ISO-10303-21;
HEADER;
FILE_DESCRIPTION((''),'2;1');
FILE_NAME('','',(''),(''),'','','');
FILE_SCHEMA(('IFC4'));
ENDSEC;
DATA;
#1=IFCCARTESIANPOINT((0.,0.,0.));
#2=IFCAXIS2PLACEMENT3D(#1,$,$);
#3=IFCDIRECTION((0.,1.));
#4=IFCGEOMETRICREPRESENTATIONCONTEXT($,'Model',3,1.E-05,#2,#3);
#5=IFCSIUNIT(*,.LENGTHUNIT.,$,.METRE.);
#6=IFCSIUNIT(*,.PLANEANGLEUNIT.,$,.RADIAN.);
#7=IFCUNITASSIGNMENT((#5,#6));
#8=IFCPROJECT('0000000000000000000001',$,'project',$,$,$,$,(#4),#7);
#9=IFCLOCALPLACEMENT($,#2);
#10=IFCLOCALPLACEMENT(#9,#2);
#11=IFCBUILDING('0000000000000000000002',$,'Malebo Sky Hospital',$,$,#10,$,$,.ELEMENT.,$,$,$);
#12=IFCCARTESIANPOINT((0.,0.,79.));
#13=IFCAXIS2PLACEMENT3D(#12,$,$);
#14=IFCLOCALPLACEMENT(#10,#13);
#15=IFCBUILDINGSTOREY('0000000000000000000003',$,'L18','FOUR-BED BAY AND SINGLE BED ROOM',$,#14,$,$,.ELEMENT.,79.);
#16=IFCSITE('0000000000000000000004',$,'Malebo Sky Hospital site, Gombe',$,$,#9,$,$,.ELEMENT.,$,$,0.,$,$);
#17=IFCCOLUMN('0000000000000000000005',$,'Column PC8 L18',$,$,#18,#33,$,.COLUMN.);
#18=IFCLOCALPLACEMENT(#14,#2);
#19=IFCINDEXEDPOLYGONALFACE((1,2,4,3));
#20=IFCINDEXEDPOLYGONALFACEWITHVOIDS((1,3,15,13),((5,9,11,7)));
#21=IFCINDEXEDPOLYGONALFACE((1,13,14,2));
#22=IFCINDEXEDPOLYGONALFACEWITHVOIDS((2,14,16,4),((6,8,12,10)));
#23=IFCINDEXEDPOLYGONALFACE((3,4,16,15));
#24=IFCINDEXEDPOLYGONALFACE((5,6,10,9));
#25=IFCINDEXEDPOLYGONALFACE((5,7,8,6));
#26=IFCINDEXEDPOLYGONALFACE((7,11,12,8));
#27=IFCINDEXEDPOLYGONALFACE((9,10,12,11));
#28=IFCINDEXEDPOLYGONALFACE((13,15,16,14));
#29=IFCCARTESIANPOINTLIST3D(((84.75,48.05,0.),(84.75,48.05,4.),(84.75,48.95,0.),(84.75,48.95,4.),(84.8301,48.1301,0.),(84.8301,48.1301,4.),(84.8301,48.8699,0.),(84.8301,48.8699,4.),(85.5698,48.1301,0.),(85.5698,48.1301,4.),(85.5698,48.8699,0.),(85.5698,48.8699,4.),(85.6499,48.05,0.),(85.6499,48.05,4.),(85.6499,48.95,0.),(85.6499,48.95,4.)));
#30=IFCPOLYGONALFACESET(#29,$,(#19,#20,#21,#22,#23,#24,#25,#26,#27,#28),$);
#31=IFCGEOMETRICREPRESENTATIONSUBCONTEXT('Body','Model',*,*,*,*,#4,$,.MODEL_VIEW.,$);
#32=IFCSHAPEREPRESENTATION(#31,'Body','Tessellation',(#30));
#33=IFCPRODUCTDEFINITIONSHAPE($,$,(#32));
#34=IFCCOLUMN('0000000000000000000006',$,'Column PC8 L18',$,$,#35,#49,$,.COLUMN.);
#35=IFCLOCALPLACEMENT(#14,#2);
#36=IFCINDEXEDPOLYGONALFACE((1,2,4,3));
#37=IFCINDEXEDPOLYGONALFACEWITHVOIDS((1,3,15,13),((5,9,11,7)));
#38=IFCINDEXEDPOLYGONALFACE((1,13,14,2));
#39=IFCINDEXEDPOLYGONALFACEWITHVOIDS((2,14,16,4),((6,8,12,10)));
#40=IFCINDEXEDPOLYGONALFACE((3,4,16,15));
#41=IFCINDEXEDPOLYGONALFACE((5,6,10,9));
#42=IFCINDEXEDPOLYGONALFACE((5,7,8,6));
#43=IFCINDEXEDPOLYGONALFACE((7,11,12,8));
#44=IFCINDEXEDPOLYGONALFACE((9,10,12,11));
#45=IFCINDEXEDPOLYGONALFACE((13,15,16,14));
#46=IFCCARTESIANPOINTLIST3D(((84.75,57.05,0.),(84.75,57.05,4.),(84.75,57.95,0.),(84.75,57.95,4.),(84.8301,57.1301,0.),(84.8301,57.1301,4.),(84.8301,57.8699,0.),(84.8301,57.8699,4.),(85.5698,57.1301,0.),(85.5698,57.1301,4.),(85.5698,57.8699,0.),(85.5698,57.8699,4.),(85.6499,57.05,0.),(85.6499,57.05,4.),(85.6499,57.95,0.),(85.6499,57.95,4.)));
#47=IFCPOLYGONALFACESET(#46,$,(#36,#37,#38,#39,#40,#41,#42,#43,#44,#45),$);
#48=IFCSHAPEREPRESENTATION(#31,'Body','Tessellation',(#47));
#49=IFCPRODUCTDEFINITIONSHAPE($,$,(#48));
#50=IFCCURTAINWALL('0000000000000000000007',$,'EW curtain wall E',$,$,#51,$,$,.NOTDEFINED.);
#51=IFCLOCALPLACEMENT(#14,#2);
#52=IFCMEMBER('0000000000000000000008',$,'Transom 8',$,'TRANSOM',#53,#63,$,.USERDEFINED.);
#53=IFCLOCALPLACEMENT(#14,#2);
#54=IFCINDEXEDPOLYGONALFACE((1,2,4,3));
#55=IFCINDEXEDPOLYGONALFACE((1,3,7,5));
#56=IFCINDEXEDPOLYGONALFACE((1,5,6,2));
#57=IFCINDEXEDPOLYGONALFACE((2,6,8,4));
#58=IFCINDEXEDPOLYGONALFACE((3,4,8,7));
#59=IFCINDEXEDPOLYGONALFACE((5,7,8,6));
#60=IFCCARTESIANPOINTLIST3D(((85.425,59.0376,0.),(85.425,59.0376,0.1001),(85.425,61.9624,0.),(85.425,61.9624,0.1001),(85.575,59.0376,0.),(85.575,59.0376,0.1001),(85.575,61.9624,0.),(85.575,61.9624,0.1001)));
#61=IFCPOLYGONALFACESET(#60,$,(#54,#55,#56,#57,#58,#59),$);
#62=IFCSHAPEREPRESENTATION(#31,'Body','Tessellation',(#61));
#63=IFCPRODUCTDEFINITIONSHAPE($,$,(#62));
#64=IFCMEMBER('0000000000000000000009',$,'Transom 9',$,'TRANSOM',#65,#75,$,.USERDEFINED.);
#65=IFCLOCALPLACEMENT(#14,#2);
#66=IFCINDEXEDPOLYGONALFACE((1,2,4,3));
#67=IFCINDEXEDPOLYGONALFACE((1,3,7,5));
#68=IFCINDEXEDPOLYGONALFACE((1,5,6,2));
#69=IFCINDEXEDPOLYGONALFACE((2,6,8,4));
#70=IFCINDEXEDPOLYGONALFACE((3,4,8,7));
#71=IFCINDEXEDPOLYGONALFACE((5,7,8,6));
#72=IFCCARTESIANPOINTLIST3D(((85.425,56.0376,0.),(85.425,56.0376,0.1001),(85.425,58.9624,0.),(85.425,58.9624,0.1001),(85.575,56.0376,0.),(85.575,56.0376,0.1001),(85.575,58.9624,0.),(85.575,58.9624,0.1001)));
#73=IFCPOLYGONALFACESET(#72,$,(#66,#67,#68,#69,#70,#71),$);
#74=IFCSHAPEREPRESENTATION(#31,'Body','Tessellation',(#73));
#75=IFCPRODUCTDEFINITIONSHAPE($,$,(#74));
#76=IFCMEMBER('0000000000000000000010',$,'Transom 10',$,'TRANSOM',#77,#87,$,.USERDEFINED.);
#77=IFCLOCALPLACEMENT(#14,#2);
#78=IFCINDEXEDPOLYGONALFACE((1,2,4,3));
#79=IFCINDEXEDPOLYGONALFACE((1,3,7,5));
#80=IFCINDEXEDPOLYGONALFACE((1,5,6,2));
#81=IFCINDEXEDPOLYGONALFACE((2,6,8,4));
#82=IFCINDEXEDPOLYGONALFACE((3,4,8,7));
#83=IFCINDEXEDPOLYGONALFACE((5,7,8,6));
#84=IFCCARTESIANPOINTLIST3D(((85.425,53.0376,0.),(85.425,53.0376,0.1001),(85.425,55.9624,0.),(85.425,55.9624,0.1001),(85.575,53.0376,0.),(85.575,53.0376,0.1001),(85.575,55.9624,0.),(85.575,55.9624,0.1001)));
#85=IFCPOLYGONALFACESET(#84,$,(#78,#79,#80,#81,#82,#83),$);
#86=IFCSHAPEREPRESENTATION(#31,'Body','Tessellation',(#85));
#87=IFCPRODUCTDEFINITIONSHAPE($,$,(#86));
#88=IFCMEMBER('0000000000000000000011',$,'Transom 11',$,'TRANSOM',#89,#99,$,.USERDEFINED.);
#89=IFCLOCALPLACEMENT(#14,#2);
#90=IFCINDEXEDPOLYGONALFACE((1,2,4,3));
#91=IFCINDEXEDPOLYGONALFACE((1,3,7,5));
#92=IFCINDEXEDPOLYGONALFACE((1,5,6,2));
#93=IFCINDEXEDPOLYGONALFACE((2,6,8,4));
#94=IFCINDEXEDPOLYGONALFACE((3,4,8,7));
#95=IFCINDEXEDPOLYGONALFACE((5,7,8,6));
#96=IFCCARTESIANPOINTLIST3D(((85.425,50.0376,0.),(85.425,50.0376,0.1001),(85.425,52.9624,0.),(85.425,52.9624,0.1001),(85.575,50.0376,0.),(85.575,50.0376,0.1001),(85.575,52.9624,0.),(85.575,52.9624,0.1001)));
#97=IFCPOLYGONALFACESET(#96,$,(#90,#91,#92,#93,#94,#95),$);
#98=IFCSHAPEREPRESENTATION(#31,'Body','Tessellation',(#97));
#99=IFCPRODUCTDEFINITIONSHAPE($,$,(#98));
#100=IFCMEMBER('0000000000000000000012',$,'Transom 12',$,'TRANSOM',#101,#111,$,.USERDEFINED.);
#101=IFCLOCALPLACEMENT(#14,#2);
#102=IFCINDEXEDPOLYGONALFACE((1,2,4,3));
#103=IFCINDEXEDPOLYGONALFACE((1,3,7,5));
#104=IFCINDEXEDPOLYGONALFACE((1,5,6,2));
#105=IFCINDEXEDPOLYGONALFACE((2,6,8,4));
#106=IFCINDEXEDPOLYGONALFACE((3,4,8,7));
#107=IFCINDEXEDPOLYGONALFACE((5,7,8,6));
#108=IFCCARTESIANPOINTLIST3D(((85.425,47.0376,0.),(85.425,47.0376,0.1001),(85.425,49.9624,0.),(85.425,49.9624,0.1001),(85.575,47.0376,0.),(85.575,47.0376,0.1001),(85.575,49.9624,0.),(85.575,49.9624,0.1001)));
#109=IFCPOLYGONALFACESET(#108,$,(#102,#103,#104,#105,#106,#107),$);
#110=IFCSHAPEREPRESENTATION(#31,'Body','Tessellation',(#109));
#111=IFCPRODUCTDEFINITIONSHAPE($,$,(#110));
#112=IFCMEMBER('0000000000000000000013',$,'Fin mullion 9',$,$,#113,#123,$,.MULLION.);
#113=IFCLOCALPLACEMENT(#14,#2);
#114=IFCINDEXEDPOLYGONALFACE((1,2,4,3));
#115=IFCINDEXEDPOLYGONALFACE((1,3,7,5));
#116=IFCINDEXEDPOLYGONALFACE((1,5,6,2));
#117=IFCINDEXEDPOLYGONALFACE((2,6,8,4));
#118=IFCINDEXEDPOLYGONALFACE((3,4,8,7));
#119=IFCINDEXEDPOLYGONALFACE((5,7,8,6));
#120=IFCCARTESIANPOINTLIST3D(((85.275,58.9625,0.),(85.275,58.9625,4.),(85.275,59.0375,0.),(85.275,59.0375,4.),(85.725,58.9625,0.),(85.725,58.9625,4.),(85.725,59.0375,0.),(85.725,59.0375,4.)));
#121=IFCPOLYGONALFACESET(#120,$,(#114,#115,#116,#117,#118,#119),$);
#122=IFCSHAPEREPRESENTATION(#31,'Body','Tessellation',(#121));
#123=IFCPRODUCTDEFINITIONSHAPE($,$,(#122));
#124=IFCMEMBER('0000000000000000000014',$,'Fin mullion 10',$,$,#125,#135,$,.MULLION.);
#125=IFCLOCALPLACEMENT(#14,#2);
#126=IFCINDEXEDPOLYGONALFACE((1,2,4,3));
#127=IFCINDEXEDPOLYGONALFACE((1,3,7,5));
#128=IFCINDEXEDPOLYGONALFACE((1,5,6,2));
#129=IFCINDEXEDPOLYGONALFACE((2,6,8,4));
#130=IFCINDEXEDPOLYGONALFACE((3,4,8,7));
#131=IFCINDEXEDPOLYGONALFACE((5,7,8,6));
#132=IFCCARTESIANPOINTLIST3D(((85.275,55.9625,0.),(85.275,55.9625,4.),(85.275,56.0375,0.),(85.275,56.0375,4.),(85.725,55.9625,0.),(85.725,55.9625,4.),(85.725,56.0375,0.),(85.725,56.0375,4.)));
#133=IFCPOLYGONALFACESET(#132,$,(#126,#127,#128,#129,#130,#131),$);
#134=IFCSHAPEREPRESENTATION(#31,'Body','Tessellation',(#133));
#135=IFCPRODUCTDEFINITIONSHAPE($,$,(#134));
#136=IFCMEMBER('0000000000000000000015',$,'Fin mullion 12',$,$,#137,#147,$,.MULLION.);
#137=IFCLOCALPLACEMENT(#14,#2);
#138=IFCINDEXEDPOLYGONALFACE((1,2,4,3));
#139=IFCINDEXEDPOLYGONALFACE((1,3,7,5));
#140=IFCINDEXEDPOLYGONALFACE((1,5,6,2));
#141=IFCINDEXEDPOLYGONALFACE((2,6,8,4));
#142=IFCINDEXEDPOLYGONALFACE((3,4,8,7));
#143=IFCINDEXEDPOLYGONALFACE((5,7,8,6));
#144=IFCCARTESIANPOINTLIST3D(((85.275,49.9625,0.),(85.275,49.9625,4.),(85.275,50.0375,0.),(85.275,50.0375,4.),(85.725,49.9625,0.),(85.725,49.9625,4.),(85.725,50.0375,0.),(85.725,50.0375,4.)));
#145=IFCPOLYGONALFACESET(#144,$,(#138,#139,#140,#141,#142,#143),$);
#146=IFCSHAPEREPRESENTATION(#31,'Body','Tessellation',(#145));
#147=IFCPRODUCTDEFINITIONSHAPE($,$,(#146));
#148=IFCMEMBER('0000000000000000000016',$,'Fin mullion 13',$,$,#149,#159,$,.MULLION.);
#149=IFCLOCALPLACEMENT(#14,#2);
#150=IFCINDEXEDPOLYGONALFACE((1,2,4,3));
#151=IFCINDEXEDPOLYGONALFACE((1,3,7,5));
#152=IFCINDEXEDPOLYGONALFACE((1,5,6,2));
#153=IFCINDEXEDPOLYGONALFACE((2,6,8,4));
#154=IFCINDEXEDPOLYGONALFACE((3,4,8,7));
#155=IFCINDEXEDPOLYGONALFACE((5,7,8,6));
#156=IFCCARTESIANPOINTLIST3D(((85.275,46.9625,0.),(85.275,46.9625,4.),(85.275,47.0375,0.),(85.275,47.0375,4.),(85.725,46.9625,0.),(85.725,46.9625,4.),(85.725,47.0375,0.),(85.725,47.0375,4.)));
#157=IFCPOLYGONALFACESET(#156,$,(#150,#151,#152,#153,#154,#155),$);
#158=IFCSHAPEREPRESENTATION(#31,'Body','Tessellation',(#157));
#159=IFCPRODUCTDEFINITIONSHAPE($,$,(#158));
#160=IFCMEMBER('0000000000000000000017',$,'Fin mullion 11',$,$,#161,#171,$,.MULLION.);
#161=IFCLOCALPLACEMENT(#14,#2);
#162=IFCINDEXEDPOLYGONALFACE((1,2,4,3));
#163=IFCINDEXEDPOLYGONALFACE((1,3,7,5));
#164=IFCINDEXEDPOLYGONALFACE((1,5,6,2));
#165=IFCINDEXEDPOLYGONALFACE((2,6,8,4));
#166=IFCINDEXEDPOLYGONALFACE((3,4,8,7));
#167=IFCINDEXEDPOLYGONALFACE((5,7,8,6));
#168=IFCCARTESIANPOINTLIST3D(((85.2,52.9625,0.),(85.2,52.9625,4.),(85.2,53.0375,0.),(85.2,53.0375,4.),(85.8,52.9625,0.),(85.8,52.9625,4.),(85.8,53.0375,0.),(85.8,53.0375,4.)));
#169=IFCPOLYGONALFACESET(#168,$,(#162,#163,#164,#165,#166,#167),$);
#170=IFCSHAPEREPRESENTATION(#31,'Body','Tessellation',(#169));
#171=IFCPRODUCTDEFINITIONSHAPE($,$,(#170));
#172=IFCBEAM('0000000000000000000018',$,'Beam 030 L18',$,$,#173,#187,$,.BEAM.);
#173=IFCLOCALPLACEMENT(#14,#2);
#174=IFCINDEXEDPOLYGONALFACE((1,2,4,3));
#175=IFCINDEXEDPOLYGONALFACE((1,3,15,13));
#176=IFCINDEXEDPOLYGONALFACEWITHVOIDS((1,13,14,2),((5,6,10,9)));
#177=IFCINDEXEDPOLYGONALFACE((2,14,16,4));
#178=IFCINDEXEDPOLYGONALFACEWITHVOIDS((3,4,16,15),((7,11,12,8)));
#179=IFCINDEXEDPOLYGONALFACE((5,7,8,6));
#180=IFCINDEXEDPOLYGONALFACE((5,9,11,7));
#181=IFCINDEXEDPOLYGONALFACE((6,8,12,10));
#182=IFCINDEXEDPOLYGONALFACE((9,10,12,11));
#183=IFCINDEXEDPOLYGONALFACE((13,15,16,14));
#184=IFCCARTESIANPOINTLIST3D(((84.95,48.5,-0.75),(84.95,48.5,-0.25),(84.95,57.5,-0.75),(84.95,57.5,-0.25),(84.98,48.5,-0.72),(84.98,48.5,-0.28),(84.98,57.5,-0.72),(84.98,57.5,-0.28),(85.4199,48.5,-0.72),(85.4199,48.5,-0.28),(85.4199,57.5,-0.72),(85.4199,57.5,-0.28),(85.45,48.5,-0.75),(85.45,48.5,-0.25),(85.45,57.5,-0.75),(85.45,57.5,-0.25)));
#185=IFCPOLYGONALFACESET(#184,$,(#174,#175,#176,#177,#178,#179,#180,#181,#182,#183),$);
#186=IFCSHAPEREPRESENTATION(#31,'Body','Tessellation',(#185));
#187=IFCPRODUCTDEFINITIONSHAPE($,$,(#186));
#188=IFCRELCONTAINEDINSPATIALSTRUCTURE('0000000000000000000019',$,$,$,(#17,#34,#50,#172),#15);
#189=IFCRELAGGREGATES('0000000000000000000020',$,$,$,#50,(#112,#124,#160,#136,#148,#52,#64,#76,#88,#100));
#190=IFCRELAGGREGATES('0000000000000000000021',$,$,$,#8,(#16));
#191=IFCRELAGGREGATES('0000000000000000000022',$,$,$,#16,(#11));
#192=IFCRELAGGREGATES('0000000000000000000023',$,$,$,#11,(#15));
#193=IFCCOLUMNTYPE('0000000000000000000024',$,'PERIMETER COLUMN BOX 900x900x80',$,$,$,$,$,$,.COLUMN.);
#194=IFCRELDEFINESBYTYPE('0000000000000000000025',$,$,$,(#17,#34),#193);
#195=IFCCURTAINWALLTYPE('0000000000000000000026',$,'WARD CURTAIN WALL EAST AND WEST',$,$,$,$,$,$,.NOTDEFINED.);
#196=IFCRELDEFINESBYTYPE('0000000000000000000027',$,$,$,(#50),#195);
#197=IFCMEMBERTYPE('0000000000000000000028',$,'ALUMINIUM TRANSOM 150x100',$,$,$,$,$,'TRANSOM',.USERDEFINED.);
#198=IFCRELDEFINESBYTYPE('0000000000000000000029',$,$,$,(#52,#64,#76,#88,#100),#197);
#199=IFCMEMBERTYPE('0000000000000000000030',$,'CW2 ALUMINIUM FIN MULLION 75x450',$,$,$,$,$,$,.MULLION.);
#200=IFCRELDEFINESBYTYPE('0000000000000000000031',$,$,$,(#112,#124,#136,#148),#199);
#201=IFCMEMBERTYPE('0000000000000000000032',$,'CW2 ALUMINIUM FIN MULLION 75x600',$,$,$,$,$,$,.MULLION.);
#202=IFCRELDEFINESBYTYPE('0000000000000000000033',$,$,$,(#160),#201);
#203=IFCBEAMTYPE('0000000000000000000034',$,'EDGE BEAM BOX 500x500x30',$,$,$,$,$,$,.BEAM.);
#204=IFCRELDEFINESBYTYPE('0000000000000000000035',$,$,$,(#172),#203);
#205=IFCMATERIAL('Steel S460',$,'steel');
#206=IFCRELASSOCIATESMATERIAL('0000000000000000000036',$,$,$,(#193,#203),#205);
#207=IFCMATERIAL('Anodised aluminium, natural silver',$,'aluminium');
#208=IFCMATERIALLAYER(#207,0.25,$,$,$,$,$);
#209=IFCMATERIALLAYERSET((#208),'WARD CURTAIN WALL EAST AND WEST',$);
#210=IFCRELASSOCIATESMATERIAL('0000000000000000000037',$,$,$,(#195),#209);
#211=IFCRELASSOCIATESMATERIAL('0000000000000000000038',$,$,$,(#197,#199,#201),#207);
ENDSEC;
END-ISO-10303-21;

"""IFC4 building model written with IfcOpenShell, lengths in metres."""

from ifc_helpers import new_model, si_unit, direction, frame, origin, origin_2d, place, context, subcontext, project, spatial, rectangle, hollow_rectangle, extrude, material, layer, layer_set, material_profile, profile_set, type_object, element, aggregate, save


model = new_model("IFC4")

# Units and contexts
model_context = context("Model", 3, precision=1e-05, world=origin(), true_north=direction((0.0, 1.0)))
body_context = subcontext(model_context, "Body", "Model", "MODEL_VIEW")
ifc_project = project(units=[si_unit("LENGTHUNIT", "METRE"), si_unit("PLANEANGLEUNIT", "RADIAN")], contexts=[model_context])

# Site, building, storey
site_placement = place(None, origin())
site = spatial("IfcSite", under=ifc_project, at=site_placement, Name="Malebo Sky Hospital site, Gombe", CompositionType="ELEMENT", RefElevation=0.0)
building_placement = place(site_placement, origin())
building = spatial("IfcBuilding", under=site, at=building_placement, Name="Malebo Sky Hospital", CompositionType="ELEMENT")
storey_placement = place(building_placement, frame((0.0, 0.0, 79.0)))
storey = spatial("IfcBuildingStorey", under=building, at=storey_placement, Name="L18", Description="FOUR-BED BAY AND SINGLE BED ROOM", CompositionType="ELEMENT", Elevation=79.0)

# Columns
ifc_material_1 = material(Name="Steel S460", Category="steel")
ifc_material_profile_1 = material_profile(ifc_material_1, hollow_rectangle(XDim=0.8999, YDim=0.8999, WallThickness=0.0801, at=origin_2d()), Name="BOX 900x900x80")
ifc_profile_set_1 = profile_set([ifc_material_profile_1], Name="Steel S460")
column_type = type_object("IfcColumnType", Name="PERIMETER COLUMN BOX 900x900x80", PredefinedType="COLUMN", material=ifc_profile_set_1)
for number, where, z_axis, x_axis, name in (
    (1, (85.2, 48.5, 0.0), (0.0, 0.0, 1.0), (1.0, 0.0, 0.0), "Column PC8 L18"),
    (2, (85.2, 57.5, 0.0), (0.0, 0.0, 1.0), (1.0, 0.0, 0.0), "Column PC8 L18"),
):
    element("IfcColumn", number, at=place(storey_placement, frame(where, z_axis=z_axis, x_axis=x_axis)), inside=storey, type_object=column_type, Name=name, PredefinedType="COLUMN", context=body_context, shape_type="SweptSolid", body=[
        extrude(hollow_rectangle(XDim=0.8999, YDim=0.8999, WallThickness=0.0801, at=origin_2d()), origin(), (0.0, 0.0, 1.0), 4.0),
    ])

# Curtain wall, members
ifc_material_2 = material(Name="Anodised aluminium, natural silver", Category="aluminium")
ifc_layer_1 = layer(ifc_material_2, 0.25)
ifc_layer_set_1 = layer_set([ifc_layer_1], Name="WARD CURTAIN WALL EAST AND WEST")
curtain_wall_type = type_object("IfcCurtainWallType", Name="WARD CURTAIN WALL EAST AND WEST", PredefinedType="NOTDEFINED", material=ifc_layer_set_1)
curtain_wall_placement = place(storey_placement, origin())
curtain_wall = element("IfcCurtainWall", 3, at=curtain_wall_placement, inside=storey, type_object=curtain_wall_type, Name="EW curtain wall E", PredefinedType="NOTDEFINED")
ifc_material_profile_2 = material_profile(ifc_material_2, rectangle(XDim=0.1499, YDim=0.1001, at=origin_2d()), Name="ALUMINIUM TRANSOM 150x100")
ifc_profile_set_2 = profile_set([ifc_material_profile_2], Name="Anodised aluminium, natural silver")
member_type_1 = type_object("IfcMemberType", Name="ALUMINIUM TRANSOM 150x100", ElementType="TRANSOM", PredefinedType="USERDEFINED", material=ifc_profile_set_2)
member_1_placement = place(storey_placement, frame((85.5, 61.9624, 0.05), z_axis=(0.0, -1.0, 0.0), x_axis=(1.0, 0.0, 0.0)))
member_1 = element("IfcMember", 4, at=member_1_placement, type_object=member_type_1, Name="Transom 8", ObjectType="TRANSOM", PredefinedType="USERDEFINED", context=body_context, shape_type="SweptSolid", body=[
    extrude(rectangle(XDim=0.1499, YDim=0.1001, at=origin_2d()), origin(), (0.0, 0.0, 1.0), 2.9248),
])
member_2_placement = place(storey_placement, frame((85.5, 58.9624, 0.05), z_axis=(0.0, -1.0, 0.0), x_axis=(1.0, 0.0, 0.0)))
member_2 = element("IfcMember", 5, at=member_2_placement, type_object=member_type_1, Name="Transom 9", ObjectType="TRANSOM", PredefinedType="USERDEFINED", context=body_context, shape_type="SweptSolid", body=[
    extrude(rectangle(XDim=0.1499, YDim=0.1001, at=origin_2d()), origin(), (0.0, 0.0, 1.0), 2.9248),
])
member_3_placement = place(storey_placement, frame((85.5, 55.9624, 0.05), z_axis=(0.0, -1.0, 0.0), x_axis=(1.0, 0.0, 0.0)))
member_3 = element("IfcMember", 6, at=member_3_placement, type_object=member_type_1, Name="Transom 10", ObjectType="TRANSOM", PredefinedType="USERDEFINED", context=body_context, shape_type="SweptSolid", body=[
    extrude(rectangle(XDim=0.1499, YDim=0.1001, at=origin_2d()), origin(), (0.0, 0.0, 1.0), 2.9248),
])
member_4_placement = place(storey_placement, frame((85.5, 52.9624, 0.05), z_axis=(0.0, -1.0, 0.0), x_axis=(1.0, 0.0, 0.0)))
member_4 = element("IfcMember", 7, at=member_4_placement, type_object=member_type_1, Name="Transom 11", ObjectType="TRANSOM", PredefinedType="USERDEFINED", context=body_context, shape_type="SweptSolid", body=[
    extrude(rectangle(XDim=0.1499, YDim=0.1001, at=origin_2d()), origin(), (0.0, 0.0, 1.0), 2.9248),
])
member_5_placement = place(storey_placement, frame((85.5, 49.9624, 0.05), z_axis=(0.0, -1.0, 0.0), x_axis=(1.0, 0.0, 0.0)))
member_5 = element("IfcMember", 8, at=member_5_placement, type_object=member_type_1, Name="Transom 12", ObjectType="TRANSOM", PredefinedType="USERDEFINED", context=body_context, shape_type="SweptSolid", body=[
    extrude(rectangle(XDim=0.1499, YDim=0.1001, at=origin_2d()), origin(), (0.0, 0.0, 1.0), 2.9248),
])
ifc_material_profile_3 = material_profile(ifc_material_2, rectangle(XDim=0.075, YDim=0.45, at=origin_2d()), Name="CW2 ALUMINIUM FIN MULLION 75x450")
ifc_profile_set_3 = profile_set([ifc_material_profile_3], Name="Anodised aluminium, natural silver")
member_type_2 = type_object("IfcMemberType", Name="CW2 ALUMINIUM FIN MULLION 75x450", PredefinedType="MULLION", material=ifc_profile_set_3)
member_6_placement = place(storey_placement, frame((85.5, 59.0, 0.0), z_axis=(0.0, 0.0, 1.0), x_axis=(0.0, -1.0, 0.0)))
member_6 = element("IfcMember", 9, at=member_6_placement, type_object=member_type_2, Name="Fin mullion 9", PredefinedType="MULLION", context=body_context, shape_type="SweptSolid", body=[
    extrude(rectangle(XDim=0.075, YDim=0.45, at=origin_2d()), origin(), (0.0, 0.0, 1.0), 4.0),
])
member_7_placement = place(storey_placement, frame((85.5, 56.0, 0.0), z_axis=(0.0, 0.0, 1.0), x_axis=(0.0, -1.0, 0.0)))
member_7 = element("IfcMember", 10, at=member_7_placement, type_object=member_type_2, Name="Fin mullion 10", PredefinedType="MULLION", context=body_context, shape_type="SweptSolid", body=[
    extrude(rectangle(XDim=0.075, YDim=0.45, at=origin_2d()), origin(), (0.0, 0.0, 1.0), 4.0),
])
member_8_placement = place(storey_placement, frame((85.5, 50.0, 0.0), z_axis=(0.0, 0.0, 1.0), x_axis=(0.0, -1.0, 0.0)))
member_8 = element("IfcMember", 11, at=member_8_placement, type_object=member_type_2, Name="Fin mullion 12", PredefinedType="MULLION", context=body_context, shape_type="SweptSolid", body=[
    extrude(rectangle(XDim=0.075, YDim=0.45, at=origin_2d()), origin(), (0.0, 0.0, 1.0), 4.0),
])
member_9_placement = place(storey_placement, frame((85.5, 47.0, 0.0), z_axis=(0.0, 0.0, 1.0), x_axis=(0.0, -1.0, 0.0)))
member_9 = element("IfcMember", 12, at=member_9_placement, type_object=member_type_2, Name="Fin mullion 13", PredefinedType="MULLION", context=body_context, shape_type="SweptSolid", body=[
    extrude(rectangle(XDim=0.075, YDim=0.45, at=origin_2d()), origin(), (0.0, 0.0, 1.0), 4.0),
])
ifc_material_profile_4 = material_profile(ifc_material_2, rectangle(XDim=0.075, YDim=0.6001, at=origin_2d()), Name="CW2 ALUMINIUM FIN MULLION 75x600")
ifc_profile_set_4 = profile_set([ifc_material_profile_4], Name="Anodised aluminium, natural silver")
member_type_3 = type_object("IfcMemberType", Name="CW2 ALUMINIUM FIN MULLION 75x600", PredefinedType="MULLION", material=ifc_profile_set_4)
member_10_placement = place(storey_placement, frame((85.5, 53.0, 0.0), z_axis=(0.0, 0.0, 1.0), x_axis=(0.0, -1.0, 0.0)))
member_10 = element("IfcMember", 13, at=member_10_placement, type_object=member_type_3, Name="Fin mullion 11", PredefinedType="MULLION", context=body_context, shape_type="SweptSolid", body=[
    extrude(rectangle(XDim=0.075, YDim=0.6001, at=origin_2d()), origin(), (0.0, 0.0, 1.0), 4.0),
])

# Beam
ifc_material_profile_5 = material_profile(ifc_material_1, hollow_rectangle(XDim=0.5, YDim=0.5, WallThickness=0.03, at=origin_2d()), Name="BOX 500x500x30")
ifc_profile_set_5 = profile_set([ifc_material_profile_5], Name="Steel S460")
beam_type_1 = type_object("IfcBeamType", Name="EDGE BEAM BOX 500x500x30", PredefinedType="BEAM", material=ifc_profile_set_5)
for number, where, z_axis, x_axis, name in (
    (14, (85.2, 48.5, -0.5), (0.0, 1.0, 0.0), (-1.0, 0.0, 0.0), "Beam 030 L18"),
):
    element("IfcBeam", number, at=place(storey_placement, frame(where, z_axis=z_axis, x_axis=x_axis)), inside=storey, type_object=beam_type_1, Name=name, PredefinedType="BEAM", context=body_context, shape_type="SweptSolid", body=[
        extrude(hollow_rectangle(XDim=0.5, YDim=0.5, WallThickness=0.03, at=origin_2d()), origin(), (0.0, 0.0, 1.0), 9.0),
    ])

aggregate(curtain_wall, [member_6, member_7, member_10, member_8, member_9, member_1, member_2, member_3, member_4, member_5])

save(model, "model.ifc")
